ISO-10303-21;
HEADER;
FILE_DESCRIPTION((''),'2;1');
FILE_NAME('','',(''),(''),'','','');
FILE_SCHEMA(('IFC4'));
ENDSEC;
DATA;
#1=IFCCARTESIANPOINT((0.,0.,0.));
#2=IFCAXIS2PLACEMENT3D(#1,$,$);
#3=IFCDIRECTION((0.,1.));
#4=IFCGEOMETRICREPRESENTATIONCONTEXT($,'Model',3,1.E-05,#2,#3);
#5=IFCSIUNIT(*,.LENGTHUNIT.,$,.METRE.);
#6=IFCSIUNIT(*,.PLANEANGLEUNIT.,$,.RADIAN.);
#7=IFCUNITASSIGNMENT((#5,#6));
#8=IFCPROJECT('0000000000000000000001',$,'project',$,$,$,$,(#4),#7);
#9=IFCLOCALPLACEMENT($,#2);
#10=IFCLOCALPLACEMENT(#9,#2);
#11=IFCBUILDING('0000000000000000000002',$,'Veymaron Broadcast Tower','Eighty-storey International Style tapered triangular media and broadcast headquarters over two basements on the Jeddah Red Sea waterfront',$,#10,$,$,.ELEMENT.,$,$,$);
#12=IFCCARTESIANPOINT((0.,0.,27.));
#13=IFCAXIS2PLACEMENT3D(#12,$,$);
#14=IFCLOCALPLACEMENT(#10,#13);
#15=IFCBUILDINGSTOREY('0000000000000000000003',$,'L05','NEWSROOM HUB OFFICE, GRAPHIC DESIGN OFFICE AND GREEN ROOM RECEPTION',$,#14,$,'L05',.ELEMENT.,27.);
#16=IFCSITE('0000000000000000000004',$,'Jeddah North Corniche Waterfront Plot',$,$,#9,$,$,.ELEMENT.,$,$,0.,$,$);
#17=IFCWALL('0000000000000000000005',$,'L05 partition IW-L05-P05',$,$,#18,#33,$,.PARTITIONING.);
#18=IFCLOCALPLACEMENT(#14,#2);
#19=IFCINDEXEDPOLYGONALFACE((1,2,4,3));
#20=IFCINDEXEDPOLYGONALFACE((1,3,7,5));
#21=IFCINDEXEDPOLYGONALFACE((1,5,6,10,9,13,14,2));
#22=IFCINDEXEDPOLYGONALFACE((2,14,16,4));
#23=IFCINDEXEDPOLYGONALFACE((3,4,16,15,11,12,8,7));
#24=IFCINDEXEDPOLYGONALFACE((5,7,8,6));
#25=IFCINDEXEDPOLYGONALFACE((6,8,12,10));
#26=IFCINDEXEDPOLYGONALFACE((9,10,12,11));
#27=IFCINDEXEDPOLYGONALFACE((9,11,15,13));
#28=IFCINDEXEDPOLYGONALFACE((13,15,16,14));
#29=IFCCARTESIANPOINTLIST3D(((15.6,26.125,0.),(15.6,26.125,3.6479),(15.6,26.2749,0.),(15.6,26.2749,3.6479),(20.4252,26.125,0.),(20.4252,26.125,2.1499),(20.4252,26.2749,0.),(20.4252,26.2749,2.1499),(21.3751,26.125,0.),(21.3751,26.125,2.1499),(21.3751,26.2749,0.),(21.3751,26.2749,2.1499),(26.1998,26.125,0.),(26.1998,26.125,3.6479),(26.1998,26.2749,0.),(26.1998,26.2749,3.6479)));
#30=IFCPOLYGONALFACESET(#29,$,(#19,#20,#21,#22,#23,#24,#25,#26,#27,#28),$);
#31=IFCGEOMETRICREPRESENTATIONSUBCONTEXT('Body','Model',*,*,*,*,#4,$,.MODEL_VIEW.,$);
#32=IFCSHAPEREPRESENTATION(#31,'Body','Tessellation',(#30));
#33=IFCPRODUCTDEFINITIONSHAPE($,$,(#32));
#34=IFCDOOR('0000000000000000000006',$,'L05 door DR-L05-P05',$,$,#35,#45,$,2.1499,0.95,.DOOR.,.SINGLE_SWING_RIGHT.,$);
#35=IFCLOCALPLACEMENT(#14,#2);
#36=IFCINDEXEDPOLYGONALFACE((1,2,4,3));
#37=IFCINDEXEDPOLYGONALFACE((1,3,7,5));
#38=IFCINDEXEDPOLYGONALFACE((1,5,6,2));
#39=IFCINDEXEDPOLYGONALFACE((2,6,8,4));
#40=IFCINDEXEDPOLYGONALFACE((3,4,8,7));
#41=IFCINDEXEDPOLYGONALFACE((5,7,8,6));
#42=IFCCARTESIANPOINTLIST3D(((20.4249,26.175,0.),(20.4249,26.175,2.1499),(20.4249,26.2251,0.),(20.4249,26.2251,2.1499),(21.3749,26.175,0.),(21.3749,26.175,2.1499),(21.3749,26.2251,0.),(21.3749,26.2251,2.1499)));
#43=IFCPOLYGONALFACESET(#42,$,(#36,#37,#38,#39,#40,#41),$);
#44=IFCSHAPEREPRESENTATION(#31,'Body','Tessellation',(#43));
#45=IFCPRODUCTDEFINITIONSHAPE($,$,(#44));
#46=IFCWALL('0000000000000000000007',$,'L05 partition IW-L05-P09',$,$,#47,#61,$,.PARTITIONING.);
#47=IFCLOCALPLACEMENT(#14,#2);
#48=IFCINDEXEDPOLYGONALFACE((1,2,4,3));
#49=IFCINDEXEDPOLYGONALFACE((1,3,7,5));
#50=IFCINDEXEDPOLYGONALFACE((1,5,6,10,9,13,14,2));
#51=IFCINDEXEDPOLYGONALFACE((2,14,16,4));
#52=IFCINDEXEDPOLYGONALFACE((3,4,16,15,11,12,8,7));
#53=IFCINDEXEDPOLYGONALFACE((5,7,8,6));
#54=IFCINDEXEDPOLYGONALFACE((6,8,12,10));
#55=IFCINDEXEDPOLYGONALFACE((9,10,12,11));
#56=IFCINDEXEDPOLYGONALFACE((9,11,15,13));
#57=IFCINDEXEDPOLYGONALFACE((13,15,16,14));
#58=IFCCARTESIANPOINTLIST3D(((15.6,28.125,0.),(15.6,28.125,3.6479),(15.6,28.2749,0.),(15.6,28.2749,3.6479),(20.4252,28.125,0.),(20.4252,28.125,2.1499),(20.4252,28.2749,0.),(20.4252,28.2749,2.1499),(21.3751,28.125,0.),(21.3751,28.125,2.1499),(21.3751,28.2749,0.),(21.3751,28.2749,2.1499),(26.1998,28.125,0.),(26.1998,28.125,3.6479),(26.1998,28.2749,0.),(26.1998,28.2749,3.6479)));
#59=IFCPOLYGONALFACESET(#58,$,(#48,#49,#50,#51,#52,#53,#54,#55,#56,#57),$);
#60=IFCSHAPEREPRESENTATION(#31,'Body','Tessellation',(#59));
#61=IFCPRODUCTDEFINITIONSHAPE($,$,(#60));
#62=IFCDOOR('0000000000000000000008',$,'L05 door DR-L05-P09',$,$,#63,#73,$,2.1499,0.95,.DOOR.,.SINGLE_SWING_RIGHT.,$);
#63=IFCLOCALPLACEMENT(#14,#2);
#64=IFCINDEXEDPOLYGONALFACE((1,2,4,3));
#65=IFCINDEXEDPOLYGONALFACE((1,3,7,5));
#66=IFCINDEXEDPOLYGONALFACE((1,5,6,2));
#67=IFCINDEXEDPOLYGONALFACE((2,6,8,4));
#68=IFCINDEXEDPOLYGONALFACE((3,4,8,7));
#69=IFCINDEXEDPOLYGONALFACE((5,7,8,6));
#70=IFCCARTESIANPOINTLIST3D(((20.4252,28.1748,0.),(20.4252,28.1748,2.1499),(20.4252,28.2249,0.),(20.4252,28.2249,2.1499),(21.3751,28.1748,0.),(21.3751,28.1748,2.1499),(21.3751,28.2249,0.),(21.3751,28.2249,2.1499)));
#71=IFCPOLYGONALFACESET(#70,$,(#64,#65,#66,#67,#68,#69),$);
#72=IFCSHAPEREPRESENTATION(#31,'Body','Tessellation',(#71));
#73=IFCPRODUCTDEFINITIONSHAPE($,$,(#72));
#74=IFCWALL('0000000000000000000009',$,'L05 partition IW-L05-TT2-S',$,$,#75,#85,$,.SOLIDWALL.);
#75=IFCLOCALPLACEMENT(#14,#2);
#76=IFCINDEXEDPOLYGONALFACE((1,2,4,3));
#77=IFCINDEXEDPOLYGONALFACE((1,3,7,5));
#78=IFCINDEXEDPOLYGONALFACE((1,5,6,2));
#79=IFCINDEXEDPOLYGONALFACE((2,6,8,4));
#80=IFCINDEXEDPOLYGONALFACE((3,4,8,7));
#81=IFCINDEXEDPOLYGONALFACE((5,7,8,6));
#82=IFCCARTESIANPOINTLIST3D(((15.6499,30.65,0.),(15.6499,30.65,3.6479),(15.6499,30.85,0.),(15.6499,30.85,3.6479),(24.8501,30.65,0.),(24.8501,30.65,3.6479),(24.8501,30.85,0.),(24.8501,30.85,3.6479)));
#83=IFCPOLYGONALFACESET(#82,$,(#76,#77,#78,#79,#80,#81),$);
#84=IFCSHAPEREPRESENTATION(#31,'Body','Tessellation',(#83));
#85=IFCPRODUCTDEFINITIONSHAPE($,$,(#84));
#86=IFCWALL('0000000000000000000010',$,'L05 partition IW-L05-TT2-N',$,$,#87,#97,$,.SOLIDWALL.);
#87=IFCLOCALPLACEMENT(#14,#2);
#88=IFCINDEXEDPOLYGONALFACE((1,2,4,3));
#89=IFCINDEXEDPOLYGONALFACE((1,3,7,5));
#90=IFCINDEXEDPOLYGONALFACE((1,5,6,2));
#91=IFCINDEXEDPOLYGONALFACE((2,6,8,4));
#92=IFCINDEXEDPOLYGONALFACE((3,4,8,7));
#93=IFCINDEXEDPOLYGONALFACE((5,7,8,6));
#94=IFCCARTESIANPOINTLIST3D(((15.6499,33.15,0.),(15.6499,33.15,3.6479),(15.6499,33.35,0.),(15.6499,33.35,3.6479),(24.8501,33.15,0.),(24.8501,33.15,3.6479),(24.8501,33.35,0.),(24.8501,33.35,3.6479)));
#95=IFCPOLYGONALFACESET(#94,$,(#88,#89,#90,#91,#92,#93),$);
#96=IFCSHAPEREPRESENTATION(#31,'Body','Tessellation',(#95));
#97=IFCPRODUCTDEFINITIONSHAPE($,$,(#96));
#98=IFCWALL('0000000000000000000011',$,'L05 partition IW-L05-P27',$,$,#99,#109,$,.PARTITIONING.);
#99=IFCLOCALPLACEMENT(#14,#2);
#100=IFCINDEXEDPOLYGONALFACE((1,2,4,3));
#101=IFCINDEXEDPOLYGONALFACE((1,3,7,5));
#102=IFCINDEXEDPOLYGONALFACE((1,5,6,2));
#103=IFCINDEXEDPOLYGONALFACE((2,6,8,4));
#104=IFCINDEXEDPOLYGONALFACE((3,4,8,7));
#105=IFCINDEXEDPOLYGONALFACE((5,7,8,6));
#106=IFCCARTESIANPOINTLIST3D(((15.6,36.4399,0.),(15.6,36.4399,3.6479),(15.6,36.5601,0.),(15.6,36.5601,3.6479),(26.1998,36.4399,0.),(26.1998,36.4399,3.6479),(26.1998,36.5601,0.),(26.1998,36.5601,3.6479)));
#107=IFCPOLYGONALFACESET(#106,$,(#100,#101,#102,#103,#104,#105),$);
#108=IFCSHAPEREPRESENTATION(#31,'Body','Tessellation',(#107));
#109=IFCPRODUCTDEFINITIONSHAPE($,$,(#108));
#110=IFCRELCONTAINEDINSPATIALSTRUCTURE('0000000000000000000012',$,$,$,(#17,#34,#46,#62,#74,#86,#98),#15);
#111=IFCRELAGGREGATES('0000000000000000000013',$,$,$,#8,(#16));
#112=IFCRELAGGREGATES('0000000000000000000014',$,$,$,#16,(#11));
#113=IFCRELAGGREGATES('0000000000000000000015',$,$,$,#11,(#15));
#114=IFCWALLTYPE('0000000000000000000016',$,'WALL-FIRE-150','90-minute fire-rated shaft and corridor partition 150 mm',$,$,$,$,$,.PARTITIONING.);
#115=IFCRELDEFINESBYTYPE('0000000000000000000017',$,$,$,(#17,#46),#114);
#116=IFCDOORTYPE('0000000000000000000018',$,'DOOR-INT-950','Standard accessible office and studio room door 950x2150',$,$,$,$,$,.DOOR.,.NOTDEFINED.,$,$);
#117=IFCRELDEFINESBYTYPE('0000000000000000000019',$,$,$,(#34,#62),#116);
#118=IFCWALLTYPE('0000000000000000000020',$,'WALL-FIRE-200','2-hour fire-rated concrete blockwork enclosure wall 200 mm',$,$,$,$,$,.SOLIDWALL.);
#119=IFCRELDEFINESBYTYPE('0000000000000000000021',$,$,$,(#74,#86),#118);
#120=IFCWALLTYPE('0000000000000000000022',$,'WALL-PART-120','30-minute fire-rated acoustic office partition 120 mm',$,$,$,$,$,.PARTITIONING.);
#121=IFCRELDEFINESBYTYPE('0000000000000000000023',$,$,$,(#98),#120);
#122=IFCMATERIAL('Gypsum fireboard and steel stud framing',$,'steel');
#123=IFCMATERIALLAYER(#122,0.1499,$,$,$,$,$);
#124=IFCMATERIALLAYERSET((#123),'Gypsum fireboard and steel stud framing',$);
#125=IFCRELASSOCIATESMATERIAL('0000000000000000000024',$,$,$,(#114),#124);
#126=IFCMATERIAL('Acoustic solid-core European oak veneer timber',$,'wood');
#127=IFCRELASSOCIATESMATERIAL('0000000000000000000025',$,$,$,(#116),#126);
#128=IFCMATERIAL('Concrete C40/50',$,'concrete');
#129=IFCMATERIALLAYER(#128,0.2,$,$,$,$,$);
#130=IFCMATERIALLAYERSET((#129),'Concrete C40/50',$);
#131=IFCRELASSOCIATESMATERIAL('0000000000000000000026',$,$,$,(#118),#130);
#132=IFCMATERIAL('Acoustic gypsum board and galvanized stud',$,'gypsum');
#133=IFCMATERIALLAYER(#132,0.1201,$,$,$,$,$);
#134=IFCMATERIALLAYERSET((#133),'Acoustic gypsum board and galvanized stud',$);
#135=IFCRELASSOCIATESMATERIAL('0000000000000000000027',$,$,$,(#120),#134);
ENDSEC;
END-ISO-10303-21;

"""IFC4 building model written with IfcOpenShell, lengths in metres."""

from ifc_helpers import new_model, si_unit, direction, frame, frame_2d, origin, place, context, subcontext, project, spatial, rectangle, extrude, material, layer, layer_set, type_object, element, fill, save


model = new_model("IFC4")

# Units and contexts
model_context = context("Model", 3, precision=1e-05, world=origin(), true_north=direction((0.0, 1.0)))
body_context = subcontext(model_context, "Body", "Model", "MODEL_VIEW")
ifc_project = project(units=[si_unit("LENGTHUNIT", "METRE"), si_unit("PLANEANGLEUNIT", "RADIAN")], contexts=[model_context])

# Site, building, storey
site_placement = place(None, origin())
site = spatial("IfcSite", under=ifc_project, at=site_placement, Name="Jeddah North Corniche Waterfront Plot", CompositionType="ELEMENT", RefElevation=0.0)
building_placement = place(site_placement, origin())
building = spatial("IfcBuilding", under=site, at=building_placement, Name="Veymaron Broadcast Tower", Description="Eighty-storey International Style tapered triangular media and broadcast headquarters over two basements on the Jeddah Red Sea waterfront", CompositionType="ELEMENT")
storey_placement = place(building_placement, frame((0.0, 0.0, 27.0)))
storey = spatial("IfcBuildingStorey", under=building, at=storey_placement, Name="L05", Description="NEWSROOM HUB OFFICE, GRAPHIC DESIGN OFFICE AND GREEN ROOM RECEPTION", LongName="L05", CompositionType="ELEMENT", Elevation=27.0)

# Walls, openings, doors
ifc_material_1 = material(Name="Gypsum fireboard and steel stud framing", Category="steel")
ifc_layer_1 = layer(ifc_material_1, 0.1499)
ifc_layer_set_1 = layer_set([ifc_layer_1], Name="Gypsum fireboard and steel stud framing")
wall_type_1 = type_object("IfcWallType", Name="WALL-FIRE-150", Description="90-minute fire-rated shaft and corridor partition 150 mm", PredefinedType="PARTITIONING", material=ifc_layer_set_1)
wall_1_placement = place(storey_placement, frame((15.6001, 26.2, 0.0), z_axis=(0.0, 0.0, 1.0), x_axis=(1.0, 0.0, 0.0)))
wall_1 = element("IfcWall", 1, at=wall_1_placement, inside=storey, type_object=wall_type_1, Name="L05 partition IW-L05-P05", PredefinedType="PARTITIONING", context=body_context, shape_type="SweptSolid", body=[
    extrude(rectangle(XDim=10.5999, YDim=0.1499, at=frame_2d((5.2998, 0.0))), origin(), (0.0, 0.0, 1.0), 3.6479),
])
opening_1_placement = place(wall_1_placement, frame((4.825, 0.0, 0.0)))
opening_1 = element("IfcOpeningElement", 2, at=opening_1_placement, cuts=wall_1, PredefinedType="OPENING", context=body_context, shape_type="SweptSolid", body=[
    extrude(rectangle(XDim=0.95, YDim=2.1499, at=frame_2d((0.4751, 1.075))), frame((0.0, 0.085, 0.0), z_axis=(0.0, -1.0, 0.0), x_axis=(1.0, 0.0, 0.0)), (0.0, 0.0, 1.0), 0.1699),
])
ifc_material_2 = material(Name="Acoustic solid-core European oak veneer timber", Category="wood")
door_type = type_object("IfcDoorType", Name="DOOR-INT-950", Description="Standard accessible office and studio room door 950x2150", OperationType="NOTDEFINED", PredefinedType="DOOR", material=ifc_material_2)
door_1_placement = place(opening_1_placement, frame((0.95, 0.0, 0.0), z_axis=(0.0, 0.0, 1.0), x_axis=(-1.0, 0.0, 0.0)))
door_1 = element("IfcDoor", 3, at=door_1_placement, inside=storey, type_object=door_type, Name="L05 door DR-L05-P05", OperationType="SINGLE_SWING_RIGHT", OverallHeight=2.1499, OverallWidth=0.95, PredefinedType="DOOR", context=body_context, shape_type="SweptSolid", body=[
    extrude(rectangle(XDim=0.95, YDim=2.1499, at=frame_2d((0.4751, 1.075))), frame((0.0, 0.0249, 0.0), z_axis=(0.0, -1.0, 0.0), x_axis=(1.0, 0.0, 0.0)), (0.0, 0.0, 1.0), 0.05),
])
fill(opening_1, door_1)
wall_2_placement = place(storey_placement, frame((15.6001, 28.2, 0.0), z_axis=(0.0, 0.0, 1.0), x_axis=(1.0, 0.0, 0.0)))
wall_2 = element("IfcWall", 4, at=wall_2_placement, inside=storey, type_object=wall_type_1, Name="L05 partition IW-L05-P09", PredefinedType="PARTITIONING", context=body_context, shape_type="SweptSolid", body=[
    extrude(rectangle(XDim=10.5999, YDim=0.1499, at=frame_2d((5.2998, 0.0))), origin(), (0.0, 0.0, 1.0), 3.6479),
])
opening_2_placement = place(wall_2_placement, frame((4.825, 0.0, 0.0)))
opening_2 = element("IfcOpeningElement", 5, at=opening_2_placement, cuts=wall_2, PredefinedType="OPENING", context=body_context, shape_type="SweptSolid", body=[
    extrude(rectangle(XDim=0.95, YDim=2.1499, at=frame_2d((0.4751, 1.075))), frame((0.0, 0.085, 0.0), z_axis=(0.0, -1.0, 0.0), x_axis=(1.0, 0.0, 0.0)), (0.0, 0.0, 1.0), 0.1699),
])
door_2_placement = place(opening_2_placement, origin())
door_2 = element("IfcDoor", 6, at=door_2_placement, inside=storey, type_object=door_type, Name="L05 door DR-L05-P09", OperationType="SINGLE_SWING_RIGHT", OverallHeight=2.1499, OverallWidth=0.95, PredefinedType="DOOR", context=body_context, shape_type="SweptSolid", body=[
    extrude(rectangle(XDim=0.95, YDim=2.1499, at=frame_2d((0.4751, 1.075))), frame((0.0, 0.0249, 0.0), z_axis=(0.0, -1.0, 0.0), x_axis=(1.0, 0.0, 0.0)), (0.0, 0.0, 1.0), 0.05),
])
fill(opening_2, door_2)

# Walls
ifc_material_3 = material(Name="Concrete C40/50", Category="concrete")
ifc_layer_2 = layer(ifc_material_3, 0.2)
ifc_layer_set_2 = layer_set([ifc_layer_2], Name="Concrete C40/50")
wall_type_2 = type_object("IfcWallType", Name="WALL-FIRE-200", Description="2-hour fire-rated concrete blockwork enclosure wall 200 mm", PredefinedType="SOLIDWALL", material=ifc_layer_set_2)
for number, where, z_axis, x_axis, name in (
    (7, (15.6499, 30.75, 0.0), (0.0, 0.0, 1.0), (1.0, 0.0, 0.0), "L05 partition IW-L05-TT2-S"),
    (8, (15.6499, 33.25, 0.0), (0.0, 0.0, 1.0), (1.0, 0.0, 0.0), "L05 partition IW-L05-TT2-N"),
):
    element("IfcWall", number, at=place(storey_placement, frame(where, z_axis=z_axis, x_axis=x_axis)), inside=storey, type_object=wall_type_2, Name=name, PredefinedType="SOLIDWALL", context=body_context, shape_type="SweptSolid", body=[
        extrude(rectangle(XDim=9.2002, YDim=0.2, at=frame_2d((4.6001, 0.0))), origin(), (0.0, 0.0, 1.0), 3.6479),
    ])
ifc_material_4 = material(Name="Acoustic gypsum board and galvanized stud", Category="gypsum")
ifc_layer_3 = layer(ifc_material_4, 0.1201)
ifc_layer_set_3 = layer_set([ifc_layer_3], Name="Acoustic gypsum board and galvanized stud")
wall_type_3 = type_object("IfcWallType", Name="WALL-PART-120", Description="30-minute fire-rated acoustic office partition 120 mm", PredefinedType="PARTITIONING", material=ifc_layer_set_3)
wall_3_placement = place(storey_placement, frame((15.6001, 36.5, 0.0), z_axis=(0.0, 0.0, 1.0), x_axis=(1.0, 0.0, 0.0)))
element("IfcWall", 9, at=wall_3_placement, inside=storey, type_object=wall_type_3, Name="L05 partition IW-L05-P27", PredefinedType="PARTITIONING", context=body_context, shape_type="SweptSolid", body=[
    extrude(rectangle(XDim=10.5999, YDim=0.1201, at=frame_2d((5.2998, 0.0))), origin(), (0.0, 0.0, 1.0), 3.6479),
])

save(model, "model.ifc")
